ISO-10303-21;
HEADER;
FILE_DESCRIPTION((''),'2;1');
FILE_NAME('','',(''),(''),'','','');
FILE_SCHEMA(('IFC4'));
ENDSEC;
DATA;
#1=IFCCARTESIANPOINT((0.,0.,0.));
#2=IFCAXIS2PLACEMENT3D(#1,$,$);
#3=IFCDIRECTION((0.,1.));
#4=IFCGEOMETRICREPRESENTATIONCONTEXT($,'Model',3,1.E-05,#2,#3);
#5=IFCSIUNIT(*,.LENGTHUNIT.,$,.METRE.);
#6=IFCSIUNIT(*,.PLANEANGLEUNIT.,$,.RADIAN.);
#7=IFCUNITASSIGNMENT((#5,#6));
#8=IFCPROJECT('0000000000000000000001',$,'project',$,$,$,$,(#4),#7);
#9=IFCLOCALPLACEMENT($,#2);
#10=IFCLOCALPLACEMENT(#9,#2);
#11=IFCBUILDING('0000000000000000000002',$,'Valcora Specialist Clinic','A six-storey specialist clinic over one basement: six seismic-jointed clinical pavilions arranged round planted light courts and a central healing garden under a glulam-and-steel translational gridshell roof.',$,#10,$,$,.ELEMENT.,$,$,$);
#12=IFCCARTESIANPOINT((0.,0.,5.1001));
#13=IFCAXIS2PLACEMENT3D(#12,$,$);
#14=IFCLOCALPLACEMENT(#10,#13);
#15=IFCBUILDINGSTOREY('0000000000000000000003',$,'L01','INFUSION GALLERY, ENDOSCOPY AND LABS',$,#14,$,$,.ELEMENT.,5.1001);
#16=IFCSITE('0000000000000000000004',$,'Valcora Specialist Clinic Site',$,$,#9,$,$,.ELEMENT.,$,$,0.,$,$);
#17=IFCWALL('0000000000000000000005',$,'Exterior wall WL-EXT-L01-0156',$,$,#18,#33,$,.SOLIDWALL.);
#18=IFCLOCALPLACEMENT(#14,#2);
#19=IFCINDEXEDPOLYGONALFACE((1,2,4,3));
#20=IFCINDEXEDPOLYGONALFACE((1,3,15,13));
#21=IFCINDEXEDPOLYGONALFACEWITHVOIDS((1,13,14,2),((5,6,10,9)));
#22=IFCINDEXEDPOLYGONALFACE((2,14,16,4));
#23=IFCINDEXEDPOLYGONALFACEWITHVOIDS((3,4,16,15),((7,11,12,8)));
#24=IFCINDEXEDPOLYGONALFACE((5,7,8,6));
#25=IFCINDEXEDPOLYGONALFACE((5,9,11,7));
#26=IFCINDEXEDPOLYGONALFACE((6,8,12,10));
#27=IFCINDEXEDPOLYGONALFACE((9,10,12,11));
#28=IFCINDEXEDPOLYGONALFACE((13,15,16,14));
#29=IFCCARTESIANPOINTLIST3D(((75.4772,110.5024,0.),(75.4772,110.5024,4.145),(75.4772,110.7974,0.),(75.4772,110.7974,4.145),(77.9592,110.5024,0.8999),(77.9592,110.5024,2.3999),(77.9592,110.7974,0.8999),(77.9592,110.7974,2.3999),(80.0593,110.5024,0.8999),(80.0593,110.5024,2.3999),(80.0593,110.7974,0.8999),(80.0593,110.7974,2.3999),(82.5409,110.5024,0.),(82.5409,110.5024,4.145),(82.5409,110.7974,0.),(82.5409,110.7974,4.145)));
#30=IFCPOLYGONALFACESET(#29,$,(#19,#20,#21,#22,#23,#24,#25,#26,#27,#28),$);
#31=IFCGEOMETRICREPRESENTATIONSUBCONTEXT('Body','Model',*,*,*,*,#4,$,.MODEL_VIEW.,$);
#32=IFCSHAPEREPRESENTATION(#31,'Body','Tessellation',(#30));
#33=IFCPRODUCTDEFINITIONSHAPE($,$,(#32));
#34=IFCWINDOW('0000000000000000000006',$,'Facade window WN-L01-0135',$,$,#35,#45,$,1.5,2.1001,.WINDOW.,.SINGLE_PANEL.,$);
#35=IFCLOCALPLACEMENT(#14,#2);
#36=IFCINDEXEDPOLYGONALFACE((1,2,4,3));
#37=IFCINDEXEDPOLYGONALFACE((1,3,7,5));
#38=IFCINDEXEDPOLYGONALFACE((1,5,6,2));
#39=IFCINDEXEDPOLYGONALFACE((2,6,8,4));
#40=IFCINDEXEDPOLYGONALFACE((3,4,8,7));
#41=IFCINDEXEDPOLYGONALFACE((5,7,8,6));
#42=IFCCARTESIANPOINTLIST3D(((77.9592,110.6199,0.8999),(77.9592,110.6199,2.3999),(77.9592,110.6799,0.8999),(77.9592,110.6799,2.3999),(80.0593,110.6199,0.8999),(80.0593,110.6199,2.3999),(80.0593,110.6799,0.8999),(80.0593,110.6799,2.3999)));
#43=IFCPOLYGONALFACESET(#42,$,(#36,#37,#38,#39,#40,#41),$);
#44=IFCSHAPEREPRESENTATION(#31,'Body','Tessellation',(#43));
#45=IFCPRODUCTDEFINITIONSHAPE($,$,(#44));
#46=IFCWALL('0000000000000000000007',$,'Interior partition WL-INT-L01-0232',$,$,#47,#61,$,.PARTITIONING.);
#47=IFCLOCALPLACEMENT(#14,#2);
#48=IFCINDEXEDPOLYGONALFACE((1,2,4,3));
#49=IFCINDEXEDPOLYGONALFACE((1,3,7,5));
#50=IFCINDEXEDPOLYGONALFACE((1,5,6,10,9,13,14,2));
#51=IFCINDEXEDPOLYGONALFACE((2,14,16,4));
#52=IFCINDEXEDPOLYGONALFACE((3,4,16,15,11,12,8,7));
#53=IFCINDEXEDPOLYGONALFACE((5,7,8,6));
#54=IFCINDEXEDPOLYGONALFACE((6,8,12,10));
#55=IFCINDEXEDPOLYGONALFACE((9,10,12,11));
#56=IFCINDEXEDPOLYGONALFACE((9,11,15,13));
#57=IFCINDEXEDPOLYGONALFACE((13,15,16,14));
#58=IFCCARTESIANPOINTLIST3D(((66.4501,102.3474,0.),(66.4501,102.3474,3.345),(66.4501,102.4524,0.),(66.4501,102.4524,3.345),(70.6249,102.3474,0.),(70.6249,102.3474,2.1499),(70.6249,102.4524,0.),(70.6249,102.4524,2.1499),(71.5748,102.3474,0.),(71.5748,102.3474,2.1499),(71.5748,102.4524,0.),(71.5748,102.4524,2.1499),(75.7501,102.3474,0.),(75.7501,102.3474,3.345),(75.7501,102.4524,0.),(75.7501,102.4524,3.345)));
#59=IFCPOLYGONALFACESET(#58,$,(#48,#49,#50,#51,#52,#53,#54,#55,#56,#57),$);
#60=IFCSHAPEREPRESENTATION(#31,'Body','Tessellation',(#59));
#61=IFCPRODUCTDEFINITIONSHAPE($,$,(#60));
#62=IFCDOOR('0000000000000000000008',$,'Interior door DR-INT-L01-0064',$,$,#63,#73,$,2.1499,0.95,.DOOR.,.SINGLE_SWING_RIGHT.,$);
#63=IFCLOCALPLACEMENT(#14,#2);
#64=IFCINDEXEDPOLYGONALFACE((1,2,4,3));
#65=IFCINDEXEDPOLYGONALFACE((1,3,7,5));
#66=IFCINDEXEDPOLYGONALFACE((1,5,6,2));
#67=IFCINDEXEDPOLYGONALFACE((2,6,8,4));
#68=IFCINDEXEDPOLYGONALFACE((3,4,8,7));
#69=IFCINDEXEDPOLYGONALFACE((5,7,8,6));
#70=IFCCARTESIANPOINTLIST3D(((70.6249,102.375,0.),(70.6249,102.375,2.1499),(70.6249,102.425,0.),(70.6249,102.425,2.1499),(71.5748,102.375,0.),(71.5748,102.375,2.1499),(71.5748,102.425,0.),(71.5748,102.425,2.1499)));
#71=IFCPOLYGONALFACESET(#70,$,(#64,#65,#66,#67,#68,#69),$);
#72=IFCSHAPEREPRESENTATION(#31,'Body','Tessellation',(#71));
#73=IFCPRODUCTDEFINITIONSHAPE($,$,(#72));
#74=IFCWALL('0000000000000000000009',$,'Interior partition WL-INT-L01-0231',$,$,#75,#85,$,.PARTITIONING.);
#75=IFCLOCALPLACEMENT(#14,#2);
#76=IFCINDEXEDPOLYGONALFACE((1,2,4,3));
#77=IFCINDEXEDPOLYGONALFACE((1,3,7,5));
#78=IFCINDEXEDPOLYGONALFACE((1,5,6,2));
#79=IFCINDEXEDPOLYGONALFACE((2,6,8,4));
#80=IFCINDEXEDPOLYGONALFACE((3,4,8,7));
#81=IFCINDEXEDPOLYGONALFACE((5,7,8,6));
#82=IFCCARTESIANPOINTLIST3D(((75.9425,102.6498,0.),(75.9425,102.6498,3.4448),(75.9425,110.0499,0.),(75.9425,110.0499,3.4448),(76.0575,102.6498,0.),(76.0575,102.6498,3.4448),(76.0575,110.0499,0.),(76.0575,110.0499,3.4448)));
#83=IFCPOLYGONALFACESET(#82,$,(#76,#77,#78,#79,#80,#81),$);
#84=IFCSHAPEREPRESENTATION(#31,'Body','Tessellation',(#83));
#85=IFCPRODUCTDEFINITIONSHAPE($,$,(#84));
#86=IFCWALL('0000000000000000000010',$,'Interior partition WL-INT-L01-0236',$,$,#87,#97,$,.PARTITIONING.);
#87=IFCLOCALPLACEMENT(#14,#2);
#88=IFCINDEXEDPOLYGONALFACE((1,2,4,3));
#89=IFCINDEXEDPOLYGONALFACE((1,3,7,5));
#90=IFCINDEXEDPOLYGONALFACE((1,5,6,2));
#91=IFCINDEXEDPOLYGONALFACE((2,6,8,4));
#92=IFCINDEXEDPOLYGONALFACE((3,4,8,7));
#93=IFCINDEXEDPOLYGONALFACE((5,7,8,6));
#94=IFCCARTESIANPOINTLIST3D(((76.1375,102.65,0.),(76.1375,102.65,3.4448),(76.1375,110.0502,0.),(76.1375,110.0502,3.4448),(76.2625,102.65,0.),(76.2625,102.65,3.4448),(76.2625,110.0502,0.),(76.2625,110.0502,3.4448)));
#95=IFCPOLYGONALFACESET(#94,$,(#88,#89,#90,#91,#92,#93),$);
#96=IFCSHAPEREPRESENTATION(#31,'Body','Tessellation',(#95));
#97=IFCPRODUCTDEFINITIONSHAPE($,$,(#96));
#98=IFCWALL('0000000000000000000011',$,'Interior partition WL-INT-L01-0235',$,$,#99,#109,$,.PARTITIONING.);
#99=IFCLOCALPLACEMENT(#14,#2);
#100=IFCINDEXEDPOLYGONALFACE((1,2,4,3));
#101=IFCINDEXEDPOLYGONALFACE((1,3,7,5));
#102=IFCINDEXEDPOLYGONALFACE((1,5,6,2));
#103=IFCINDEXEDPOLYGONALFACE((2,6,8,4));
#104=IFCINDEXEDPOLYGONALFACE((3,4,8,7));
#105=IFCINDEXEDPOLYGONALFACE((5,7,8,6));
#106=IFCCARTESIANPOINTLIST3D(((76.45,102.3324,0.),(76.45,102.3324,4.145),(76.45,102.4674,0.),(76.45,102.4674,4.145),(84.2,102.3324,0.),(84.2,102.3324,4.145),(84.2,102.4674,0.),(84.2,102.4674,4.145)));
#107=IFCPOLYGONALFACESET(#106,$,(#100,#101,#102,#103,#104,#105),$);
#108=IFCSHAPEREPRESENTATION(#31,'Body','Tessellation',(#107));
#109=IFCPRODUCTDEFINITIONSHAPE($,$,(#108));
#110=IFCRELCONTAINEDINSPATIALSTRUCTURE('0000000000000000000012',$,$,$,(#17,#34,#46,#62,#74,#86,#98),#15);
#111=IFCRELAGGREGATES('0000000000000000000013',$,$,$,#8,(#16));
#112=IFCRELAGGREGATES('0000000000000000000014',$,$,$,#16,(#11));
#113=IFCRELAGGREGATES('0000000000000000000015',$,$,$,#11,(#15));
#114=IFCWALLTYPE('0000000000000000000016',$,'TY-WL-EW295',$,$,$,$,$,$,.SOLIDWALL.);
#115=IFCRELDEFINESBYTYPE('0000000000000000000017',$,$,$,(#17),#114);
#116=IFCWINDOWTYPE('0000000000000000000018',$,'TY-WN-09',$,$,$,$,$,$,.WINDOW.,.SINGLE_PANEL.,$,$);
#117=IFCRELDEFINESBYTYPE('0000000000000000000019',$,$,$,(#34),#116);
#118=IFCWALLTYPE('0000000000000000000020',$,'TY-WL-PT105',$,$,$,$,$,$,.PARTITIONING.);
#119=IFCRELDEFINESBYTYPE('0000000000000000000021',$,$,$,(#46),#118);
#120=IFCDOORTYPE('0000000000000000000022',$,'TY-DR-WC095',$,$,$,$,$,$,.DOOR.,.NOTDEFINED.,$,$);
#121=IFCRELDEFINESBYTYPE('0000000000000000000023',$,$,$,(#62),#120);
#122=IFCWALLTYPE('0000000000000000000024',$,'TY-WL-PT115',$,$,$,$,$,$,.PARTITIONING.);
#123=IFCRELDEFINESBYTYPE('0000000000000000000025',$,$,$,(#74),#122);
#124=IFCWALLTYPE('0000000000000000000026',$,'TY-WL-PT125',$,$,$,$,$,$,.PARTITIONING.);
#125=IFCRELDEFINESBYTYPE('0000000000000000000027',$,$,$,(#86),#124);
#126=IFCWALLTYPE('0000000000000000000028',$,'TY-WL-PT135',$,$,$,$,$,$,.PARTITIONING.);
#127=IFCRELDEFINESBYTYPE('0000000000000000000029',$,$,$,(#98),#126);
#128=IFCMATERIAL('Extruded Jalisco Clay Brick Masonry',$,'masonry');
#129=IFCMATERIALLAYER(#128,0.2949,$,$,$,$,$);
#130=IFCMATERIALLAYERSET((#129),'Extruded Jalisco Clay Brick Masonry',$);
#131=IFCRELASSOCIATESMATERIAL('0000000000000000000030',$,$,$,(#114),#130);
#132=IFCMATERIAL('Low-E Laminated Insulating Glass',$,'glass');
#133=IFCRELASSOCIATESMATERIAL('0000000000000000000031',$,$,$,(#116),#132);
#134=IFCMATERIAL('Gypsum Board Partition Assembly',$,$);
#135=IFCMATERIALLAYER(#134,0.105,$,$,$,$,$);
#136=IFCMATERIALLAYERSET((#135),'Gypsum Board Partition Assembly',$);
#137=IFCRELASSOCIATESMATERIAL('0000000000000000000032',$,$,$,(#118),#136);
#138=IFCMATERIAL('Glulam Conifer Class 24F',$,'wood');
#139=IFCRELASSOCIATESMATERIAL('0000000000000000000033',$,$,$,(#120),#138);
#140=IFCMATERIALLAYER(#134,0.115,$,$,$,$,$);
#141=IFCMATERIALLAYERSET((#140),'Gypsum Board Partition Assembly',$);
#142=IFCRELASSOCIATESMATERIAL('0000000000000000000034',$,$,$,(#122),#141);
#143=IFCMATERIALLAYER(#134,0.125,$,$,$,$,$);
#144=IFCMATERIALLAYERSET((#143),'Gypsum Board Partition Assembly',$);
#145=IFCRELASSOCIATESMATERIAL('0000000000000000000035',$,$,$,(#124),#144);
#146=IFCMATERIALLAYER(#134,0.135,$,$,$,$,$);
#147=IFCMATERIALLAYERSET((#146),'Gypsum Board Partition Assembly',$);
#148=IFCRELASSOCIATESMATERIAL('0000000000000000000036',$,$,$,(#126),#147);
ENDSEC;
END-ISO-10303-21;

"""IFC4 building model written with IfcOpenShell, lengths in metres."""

from ifc_helpers import new_model, si_unit, direction, frame, frame_2d, origin, place, context, subcontext, project, spatial, rectangle, extrude, material, layer, layer_set, type_object, element, fill, save


model = new_model("IFC4")

# Units and contexts
model_context = context("Model", 3, precision=1e-05, world=origin(), true_north=direction((0.0, 1.0)))
body_context = subcontext(model_context, "Body", "Model", "MODEL_VIEW")
ifc_project = project(units=[si_unit("LENGTHUNIT", "METRE"), si_unit("PLANEANGLEUNIT", "RADIAN")], contexts=[model_context])

# Site, building, storey
site_placement = place(None, origin())
site = spatial("IfcSite", under=ifc_project, at=site_placement, Name="Valcora Specialist Clinic Site", CompositionType="ELEMENT", RefElevation=0.0)
building_placement = place(site_placement, origin())
building = spatial("IfcBuilding", under=site, at=building_placement, Name="Valcora Specialist Clinic", Description="A six-storey specialist clinic over one basement: six seismic-jointed clinical pavilions arranged round planted light courts and a central healing garden under a glulam-and-steel translational gridshell roof.", CompositionType="ELEMENT")
storey_placement = place(building_placement, frame((0.0, 0.0, 5.1001)))
storey = spatial("IfcBuildingStorey", under=building, at=storey_placement, Name="L01", Description="INFUSION GALLERY, ENDOSCOPY AND LABS", CompositionType="ELEMENT", Elevation=5.1001)

# Shared definitions
ifc_material_1 = material(Name="Low-E Laminated Insulating Glass", Category="glass")

# Wall, opening, window
ifc_material_2 = material(Name="Extruded Jalisco Clay Brick Masonry", Category="masonry")
ifc_layer_1 = layer(ifc_material_2, 0.2949)
ifc_layer_set_1 = layer_set([ifc_layer_1], Name="Extruded Jalisco Clay Brick Masonry")
wall_type_1 = type_object("IfcWallType", Name="TY-WL-EW295", PredefinedType="SOLIDWALL", material=ifc_layer_set_1)
wall_1_placement = place(storey_placement, frame((75.4773, 110.6499, 0.0), z_axis=(0.0, 0.0, 1.0), x_axis=(1.0, 0.0, 0.0)))
wall_1 = element("IfcWall", 1, at=wall_1_placement, inside=storey, type_object=wall_type_1, Name="Exterior wall WL-EXT-L01-0156", PredefinedType="SOLIDWALL", context=body_context, shape_type="SweptSolid", body=[
    extrude(rectangle(XDim=7.0637, YDim=0.2949, at=frame_2d((3.5317, 0.0))), origin(), (0.0, 0.0, 1.0), 4.145),
])
opening_1_placement = place(wall_1_placement, frame((2.4819, 0.0, 0.8999)))
opening_1 = element("IfcOpeningElement", 2, at=opening_1_placement, cuts=wall_1, PredefinedType="OPENING", context=body_context, shape_type="SweptSolid", body=[
    extrude(rectangle(XDim=2.1001, YDim=1.5, at=frame_2d((1.05, 0.75))), frame((0.0, 0.1575, 0.0), z_axis=(0.0, -1.0, 0.0), x_axis=(1.0, 0.0, 0.0)), (0.0, 0.0, 1.0), 0.3149),
])
window_type_1 = type_object("IfcWindowType", Name="TY-WN-09", PartitioningType="SINGLE_PANEL", PredefinedType="WINDOW", material=ifc_material_1)
window_1_placement = place(opening_1_placement, origin())
window_1 = element("IfcWindow", 3, at=window_1_placement, inside=storey, type_object=window_type_1, Name="Facade window WN-L01-0135", OverallHeight=1.5, OverallWidth=2.1001, PartitioningType="SINGLE_PANEL", PredefinedType="WINDOW", context=body_context, shape_type="SweptSolid", body=[
    extrude(rectangle(XDim=2.1001, YDim=1.5, at=frame_2d((1.05, 0.75))), frame((0.0, 0.03, 0.0), z_axis=(0.0, -1.0, 0.0), x_axis=(1.0, 0.0, 0.0)), (0.0, 0.0, 1.0), 0.0601),
])
fill(opening_1, window_1)

# Wall, opening, door
ifc_material_3 = material(Name="Gypsum Board Partition Assembly")
ifc_layer_2 = layer(ifc_material_3, 0.105)
ifc_layer_set_2 = layer_set([ifc_layer_2], Name="Gypsum Board Partition Assembly")
wall_type_2 = type_object("IfcWallType", Name="TY-WL-PT105", PredefinedType="PARTITIONING", material=ifc_layer_set_2)
wall_2_placement = place(storey_placement, frame((75.75, 102.3999, 0.0), z_axis=(0.0, 0.0, 1.0), x_axis=(-1.0, 0.0, 0.0)))
wall_2 = element("IfcWall", 4, at=wall_2_placement, inside=storey, type_object=wall_type_2, Name="Interior partition WL-INT-L01-0232", PredefinedType="PARTITIONING", context=body_context, shape_type="SweptSolid", body=[
    extrude(rectangle(XDim=9.3, YDim=0.105, at=frame_2d((4.6499, 0.0))), origin(), (0.0, 0.0, 1.0), 3.345),
])
opening_2_placement = place(wall_2_placement, frame((4.175, 0.0, 0.0)))
opening_2 = element("IfcOpeningElement", 5, at=opening_2_placement, cuts=wall_2, PredefinedType="OPENING", context=body_context, shape_type="SweptSolid", body=[
    extrude(rectangle(XDim=0.95, YDim=2.1499, at=frame_2d((0.4751, 1.075))), frame((0.0, 0.0625, 0.0), z_axis=(0.0, -1.0, 0.0), x_axis=(1.0, 0.0, 0.0)), (0.0, 0.0, 1.0), 0.125),
])
ifc_material_4 = material(Name="Glulam Conifer Class 24F", Category="wood")
door_type = type_object("IfcDoorType", Name="TY-DR-WC095", OperationType="NOTDEFINED", PredefinedType="DOOR", material=ifc_material_4)
door_placement = place(opening_2_placement, origin())
door = element("IfcDoor", 6, at=door_placement, inside=storey, type_object=door_type, Name="Interior door DR-INT-L01-0064", OperationType="SINGLE_SWING_RIGHT", OverallHeight=2.1499, OverallWidth=0.95, PredefinedType="DOOR", context=body_context, shape_type="SweptSolid", body=[
    extrude(rectangle(XDim=0.95, YDim=2.1499, at=frame_2d((0.4751, 1.075))), frame((0.0, 0.0249, 0.0), z_axis=(0.0, -1.0, 0.0), x_axis=(1.0, 0.0, 0.0)), (0.0, 0.0, 1.0), 0.05),
])
fill(opening_2, door)

# Walls
ifc_layer_3 = layer(ifc_material_3, 0.115)
ifc_layer_set_3 = layer_set([ifc_layer_3], Name="Gypsum Board Partition Assembly")
wall_type_3 = type_object("IfcWallType", Name="TY-WL-PT115", PredefinedType="PARTITIONING", material=ifc_layer_set_3)
wall_3_placement = place(storey_placement, frame((76.0, 110.05, 0.0), z_axis=(0.0, 0.0, 1.0), x_axis=(0.0, -1.0, 0.0)))
element("IfcWall", 7, at=wall_3_placement, inside=storey, type_object=wall_type_3, Name="Interior partition WL-INT-L01-0231", PredefinedType="PARTITIONING", context=body_context, shape_type="SweptSolid", body=[
    extrude(rectangle(XDim=7.4001, YDim=0.115, at=frame_2d((3.7002, 0.0))), origin(), (0.0, 0.0, 1.0), 3.4448),
])
ifc_layer_4 = layer(ifc_material_3, 0.125)
ifc_layer_set_4 = layer_set([ifc_layer_4], Name="Gypsum Board Partition Assembly")
wall_type_4 = type_object("IfcWallType", Name="TY-WL-PT125", PredefinedType="PARTITIONING", material=ifc_layer_set_4)
wall_4_placement = place(storey_placement, frame((76.2, 102.6499, 0.0), z_axis=(0.0, 0.0, 1.0), x_axis=(0.0, 1.0, 0.0)))
element("IfcWall", 8, at=wall_4_placement, inside=storey, type_object=wall_type_4, Name="Interior partition WL-INT-L01-0236", PredefinedType="PARTITIONING", context=body_context, shape_type="SweptSolid", body=[
    extrude(rectangle(XDim=7.4001, YDim=0.125, at=frame_2d((3.7002, 0.0))), origin(), (0.0, 0.0, 1.0), 3.4448),
])
ifc_layer_5 = layer(ifc_material_3, 0.135)
ifc_layer_set_5 = layer_set([ifc_layer_5], Name="Gypsum Board Partition Assembly")
wall_type_5 = type_object("IfcWallType", Name="TY-WL-PT135", PredefinedType="PARTITIONING", material=ifc_layer_set_5)
wall_5_placement = place(storey_placement, frame((84.2, 102.3999, 0.0), z_axis=(0.0, 0.0, 1.0), x_axis=(-1.0, 0.0, 0.0)))
element("IfcWall", 9, at=wall_5_placement, inside=storey, type_object=wall_type_5, Name="Interior partition WL-INT-L01-0235", PredefinedType="PARTITIONING", context=body_context, shape_type="SweptSolid", body=[
    extrude(rectangle(XDim=7.75, YDim=0.135, at=frame_2d((3.875, 0.0))), origin(), (0.0, 0.0, 1.0), 4.145),
])

save(model, "model.ifc")
